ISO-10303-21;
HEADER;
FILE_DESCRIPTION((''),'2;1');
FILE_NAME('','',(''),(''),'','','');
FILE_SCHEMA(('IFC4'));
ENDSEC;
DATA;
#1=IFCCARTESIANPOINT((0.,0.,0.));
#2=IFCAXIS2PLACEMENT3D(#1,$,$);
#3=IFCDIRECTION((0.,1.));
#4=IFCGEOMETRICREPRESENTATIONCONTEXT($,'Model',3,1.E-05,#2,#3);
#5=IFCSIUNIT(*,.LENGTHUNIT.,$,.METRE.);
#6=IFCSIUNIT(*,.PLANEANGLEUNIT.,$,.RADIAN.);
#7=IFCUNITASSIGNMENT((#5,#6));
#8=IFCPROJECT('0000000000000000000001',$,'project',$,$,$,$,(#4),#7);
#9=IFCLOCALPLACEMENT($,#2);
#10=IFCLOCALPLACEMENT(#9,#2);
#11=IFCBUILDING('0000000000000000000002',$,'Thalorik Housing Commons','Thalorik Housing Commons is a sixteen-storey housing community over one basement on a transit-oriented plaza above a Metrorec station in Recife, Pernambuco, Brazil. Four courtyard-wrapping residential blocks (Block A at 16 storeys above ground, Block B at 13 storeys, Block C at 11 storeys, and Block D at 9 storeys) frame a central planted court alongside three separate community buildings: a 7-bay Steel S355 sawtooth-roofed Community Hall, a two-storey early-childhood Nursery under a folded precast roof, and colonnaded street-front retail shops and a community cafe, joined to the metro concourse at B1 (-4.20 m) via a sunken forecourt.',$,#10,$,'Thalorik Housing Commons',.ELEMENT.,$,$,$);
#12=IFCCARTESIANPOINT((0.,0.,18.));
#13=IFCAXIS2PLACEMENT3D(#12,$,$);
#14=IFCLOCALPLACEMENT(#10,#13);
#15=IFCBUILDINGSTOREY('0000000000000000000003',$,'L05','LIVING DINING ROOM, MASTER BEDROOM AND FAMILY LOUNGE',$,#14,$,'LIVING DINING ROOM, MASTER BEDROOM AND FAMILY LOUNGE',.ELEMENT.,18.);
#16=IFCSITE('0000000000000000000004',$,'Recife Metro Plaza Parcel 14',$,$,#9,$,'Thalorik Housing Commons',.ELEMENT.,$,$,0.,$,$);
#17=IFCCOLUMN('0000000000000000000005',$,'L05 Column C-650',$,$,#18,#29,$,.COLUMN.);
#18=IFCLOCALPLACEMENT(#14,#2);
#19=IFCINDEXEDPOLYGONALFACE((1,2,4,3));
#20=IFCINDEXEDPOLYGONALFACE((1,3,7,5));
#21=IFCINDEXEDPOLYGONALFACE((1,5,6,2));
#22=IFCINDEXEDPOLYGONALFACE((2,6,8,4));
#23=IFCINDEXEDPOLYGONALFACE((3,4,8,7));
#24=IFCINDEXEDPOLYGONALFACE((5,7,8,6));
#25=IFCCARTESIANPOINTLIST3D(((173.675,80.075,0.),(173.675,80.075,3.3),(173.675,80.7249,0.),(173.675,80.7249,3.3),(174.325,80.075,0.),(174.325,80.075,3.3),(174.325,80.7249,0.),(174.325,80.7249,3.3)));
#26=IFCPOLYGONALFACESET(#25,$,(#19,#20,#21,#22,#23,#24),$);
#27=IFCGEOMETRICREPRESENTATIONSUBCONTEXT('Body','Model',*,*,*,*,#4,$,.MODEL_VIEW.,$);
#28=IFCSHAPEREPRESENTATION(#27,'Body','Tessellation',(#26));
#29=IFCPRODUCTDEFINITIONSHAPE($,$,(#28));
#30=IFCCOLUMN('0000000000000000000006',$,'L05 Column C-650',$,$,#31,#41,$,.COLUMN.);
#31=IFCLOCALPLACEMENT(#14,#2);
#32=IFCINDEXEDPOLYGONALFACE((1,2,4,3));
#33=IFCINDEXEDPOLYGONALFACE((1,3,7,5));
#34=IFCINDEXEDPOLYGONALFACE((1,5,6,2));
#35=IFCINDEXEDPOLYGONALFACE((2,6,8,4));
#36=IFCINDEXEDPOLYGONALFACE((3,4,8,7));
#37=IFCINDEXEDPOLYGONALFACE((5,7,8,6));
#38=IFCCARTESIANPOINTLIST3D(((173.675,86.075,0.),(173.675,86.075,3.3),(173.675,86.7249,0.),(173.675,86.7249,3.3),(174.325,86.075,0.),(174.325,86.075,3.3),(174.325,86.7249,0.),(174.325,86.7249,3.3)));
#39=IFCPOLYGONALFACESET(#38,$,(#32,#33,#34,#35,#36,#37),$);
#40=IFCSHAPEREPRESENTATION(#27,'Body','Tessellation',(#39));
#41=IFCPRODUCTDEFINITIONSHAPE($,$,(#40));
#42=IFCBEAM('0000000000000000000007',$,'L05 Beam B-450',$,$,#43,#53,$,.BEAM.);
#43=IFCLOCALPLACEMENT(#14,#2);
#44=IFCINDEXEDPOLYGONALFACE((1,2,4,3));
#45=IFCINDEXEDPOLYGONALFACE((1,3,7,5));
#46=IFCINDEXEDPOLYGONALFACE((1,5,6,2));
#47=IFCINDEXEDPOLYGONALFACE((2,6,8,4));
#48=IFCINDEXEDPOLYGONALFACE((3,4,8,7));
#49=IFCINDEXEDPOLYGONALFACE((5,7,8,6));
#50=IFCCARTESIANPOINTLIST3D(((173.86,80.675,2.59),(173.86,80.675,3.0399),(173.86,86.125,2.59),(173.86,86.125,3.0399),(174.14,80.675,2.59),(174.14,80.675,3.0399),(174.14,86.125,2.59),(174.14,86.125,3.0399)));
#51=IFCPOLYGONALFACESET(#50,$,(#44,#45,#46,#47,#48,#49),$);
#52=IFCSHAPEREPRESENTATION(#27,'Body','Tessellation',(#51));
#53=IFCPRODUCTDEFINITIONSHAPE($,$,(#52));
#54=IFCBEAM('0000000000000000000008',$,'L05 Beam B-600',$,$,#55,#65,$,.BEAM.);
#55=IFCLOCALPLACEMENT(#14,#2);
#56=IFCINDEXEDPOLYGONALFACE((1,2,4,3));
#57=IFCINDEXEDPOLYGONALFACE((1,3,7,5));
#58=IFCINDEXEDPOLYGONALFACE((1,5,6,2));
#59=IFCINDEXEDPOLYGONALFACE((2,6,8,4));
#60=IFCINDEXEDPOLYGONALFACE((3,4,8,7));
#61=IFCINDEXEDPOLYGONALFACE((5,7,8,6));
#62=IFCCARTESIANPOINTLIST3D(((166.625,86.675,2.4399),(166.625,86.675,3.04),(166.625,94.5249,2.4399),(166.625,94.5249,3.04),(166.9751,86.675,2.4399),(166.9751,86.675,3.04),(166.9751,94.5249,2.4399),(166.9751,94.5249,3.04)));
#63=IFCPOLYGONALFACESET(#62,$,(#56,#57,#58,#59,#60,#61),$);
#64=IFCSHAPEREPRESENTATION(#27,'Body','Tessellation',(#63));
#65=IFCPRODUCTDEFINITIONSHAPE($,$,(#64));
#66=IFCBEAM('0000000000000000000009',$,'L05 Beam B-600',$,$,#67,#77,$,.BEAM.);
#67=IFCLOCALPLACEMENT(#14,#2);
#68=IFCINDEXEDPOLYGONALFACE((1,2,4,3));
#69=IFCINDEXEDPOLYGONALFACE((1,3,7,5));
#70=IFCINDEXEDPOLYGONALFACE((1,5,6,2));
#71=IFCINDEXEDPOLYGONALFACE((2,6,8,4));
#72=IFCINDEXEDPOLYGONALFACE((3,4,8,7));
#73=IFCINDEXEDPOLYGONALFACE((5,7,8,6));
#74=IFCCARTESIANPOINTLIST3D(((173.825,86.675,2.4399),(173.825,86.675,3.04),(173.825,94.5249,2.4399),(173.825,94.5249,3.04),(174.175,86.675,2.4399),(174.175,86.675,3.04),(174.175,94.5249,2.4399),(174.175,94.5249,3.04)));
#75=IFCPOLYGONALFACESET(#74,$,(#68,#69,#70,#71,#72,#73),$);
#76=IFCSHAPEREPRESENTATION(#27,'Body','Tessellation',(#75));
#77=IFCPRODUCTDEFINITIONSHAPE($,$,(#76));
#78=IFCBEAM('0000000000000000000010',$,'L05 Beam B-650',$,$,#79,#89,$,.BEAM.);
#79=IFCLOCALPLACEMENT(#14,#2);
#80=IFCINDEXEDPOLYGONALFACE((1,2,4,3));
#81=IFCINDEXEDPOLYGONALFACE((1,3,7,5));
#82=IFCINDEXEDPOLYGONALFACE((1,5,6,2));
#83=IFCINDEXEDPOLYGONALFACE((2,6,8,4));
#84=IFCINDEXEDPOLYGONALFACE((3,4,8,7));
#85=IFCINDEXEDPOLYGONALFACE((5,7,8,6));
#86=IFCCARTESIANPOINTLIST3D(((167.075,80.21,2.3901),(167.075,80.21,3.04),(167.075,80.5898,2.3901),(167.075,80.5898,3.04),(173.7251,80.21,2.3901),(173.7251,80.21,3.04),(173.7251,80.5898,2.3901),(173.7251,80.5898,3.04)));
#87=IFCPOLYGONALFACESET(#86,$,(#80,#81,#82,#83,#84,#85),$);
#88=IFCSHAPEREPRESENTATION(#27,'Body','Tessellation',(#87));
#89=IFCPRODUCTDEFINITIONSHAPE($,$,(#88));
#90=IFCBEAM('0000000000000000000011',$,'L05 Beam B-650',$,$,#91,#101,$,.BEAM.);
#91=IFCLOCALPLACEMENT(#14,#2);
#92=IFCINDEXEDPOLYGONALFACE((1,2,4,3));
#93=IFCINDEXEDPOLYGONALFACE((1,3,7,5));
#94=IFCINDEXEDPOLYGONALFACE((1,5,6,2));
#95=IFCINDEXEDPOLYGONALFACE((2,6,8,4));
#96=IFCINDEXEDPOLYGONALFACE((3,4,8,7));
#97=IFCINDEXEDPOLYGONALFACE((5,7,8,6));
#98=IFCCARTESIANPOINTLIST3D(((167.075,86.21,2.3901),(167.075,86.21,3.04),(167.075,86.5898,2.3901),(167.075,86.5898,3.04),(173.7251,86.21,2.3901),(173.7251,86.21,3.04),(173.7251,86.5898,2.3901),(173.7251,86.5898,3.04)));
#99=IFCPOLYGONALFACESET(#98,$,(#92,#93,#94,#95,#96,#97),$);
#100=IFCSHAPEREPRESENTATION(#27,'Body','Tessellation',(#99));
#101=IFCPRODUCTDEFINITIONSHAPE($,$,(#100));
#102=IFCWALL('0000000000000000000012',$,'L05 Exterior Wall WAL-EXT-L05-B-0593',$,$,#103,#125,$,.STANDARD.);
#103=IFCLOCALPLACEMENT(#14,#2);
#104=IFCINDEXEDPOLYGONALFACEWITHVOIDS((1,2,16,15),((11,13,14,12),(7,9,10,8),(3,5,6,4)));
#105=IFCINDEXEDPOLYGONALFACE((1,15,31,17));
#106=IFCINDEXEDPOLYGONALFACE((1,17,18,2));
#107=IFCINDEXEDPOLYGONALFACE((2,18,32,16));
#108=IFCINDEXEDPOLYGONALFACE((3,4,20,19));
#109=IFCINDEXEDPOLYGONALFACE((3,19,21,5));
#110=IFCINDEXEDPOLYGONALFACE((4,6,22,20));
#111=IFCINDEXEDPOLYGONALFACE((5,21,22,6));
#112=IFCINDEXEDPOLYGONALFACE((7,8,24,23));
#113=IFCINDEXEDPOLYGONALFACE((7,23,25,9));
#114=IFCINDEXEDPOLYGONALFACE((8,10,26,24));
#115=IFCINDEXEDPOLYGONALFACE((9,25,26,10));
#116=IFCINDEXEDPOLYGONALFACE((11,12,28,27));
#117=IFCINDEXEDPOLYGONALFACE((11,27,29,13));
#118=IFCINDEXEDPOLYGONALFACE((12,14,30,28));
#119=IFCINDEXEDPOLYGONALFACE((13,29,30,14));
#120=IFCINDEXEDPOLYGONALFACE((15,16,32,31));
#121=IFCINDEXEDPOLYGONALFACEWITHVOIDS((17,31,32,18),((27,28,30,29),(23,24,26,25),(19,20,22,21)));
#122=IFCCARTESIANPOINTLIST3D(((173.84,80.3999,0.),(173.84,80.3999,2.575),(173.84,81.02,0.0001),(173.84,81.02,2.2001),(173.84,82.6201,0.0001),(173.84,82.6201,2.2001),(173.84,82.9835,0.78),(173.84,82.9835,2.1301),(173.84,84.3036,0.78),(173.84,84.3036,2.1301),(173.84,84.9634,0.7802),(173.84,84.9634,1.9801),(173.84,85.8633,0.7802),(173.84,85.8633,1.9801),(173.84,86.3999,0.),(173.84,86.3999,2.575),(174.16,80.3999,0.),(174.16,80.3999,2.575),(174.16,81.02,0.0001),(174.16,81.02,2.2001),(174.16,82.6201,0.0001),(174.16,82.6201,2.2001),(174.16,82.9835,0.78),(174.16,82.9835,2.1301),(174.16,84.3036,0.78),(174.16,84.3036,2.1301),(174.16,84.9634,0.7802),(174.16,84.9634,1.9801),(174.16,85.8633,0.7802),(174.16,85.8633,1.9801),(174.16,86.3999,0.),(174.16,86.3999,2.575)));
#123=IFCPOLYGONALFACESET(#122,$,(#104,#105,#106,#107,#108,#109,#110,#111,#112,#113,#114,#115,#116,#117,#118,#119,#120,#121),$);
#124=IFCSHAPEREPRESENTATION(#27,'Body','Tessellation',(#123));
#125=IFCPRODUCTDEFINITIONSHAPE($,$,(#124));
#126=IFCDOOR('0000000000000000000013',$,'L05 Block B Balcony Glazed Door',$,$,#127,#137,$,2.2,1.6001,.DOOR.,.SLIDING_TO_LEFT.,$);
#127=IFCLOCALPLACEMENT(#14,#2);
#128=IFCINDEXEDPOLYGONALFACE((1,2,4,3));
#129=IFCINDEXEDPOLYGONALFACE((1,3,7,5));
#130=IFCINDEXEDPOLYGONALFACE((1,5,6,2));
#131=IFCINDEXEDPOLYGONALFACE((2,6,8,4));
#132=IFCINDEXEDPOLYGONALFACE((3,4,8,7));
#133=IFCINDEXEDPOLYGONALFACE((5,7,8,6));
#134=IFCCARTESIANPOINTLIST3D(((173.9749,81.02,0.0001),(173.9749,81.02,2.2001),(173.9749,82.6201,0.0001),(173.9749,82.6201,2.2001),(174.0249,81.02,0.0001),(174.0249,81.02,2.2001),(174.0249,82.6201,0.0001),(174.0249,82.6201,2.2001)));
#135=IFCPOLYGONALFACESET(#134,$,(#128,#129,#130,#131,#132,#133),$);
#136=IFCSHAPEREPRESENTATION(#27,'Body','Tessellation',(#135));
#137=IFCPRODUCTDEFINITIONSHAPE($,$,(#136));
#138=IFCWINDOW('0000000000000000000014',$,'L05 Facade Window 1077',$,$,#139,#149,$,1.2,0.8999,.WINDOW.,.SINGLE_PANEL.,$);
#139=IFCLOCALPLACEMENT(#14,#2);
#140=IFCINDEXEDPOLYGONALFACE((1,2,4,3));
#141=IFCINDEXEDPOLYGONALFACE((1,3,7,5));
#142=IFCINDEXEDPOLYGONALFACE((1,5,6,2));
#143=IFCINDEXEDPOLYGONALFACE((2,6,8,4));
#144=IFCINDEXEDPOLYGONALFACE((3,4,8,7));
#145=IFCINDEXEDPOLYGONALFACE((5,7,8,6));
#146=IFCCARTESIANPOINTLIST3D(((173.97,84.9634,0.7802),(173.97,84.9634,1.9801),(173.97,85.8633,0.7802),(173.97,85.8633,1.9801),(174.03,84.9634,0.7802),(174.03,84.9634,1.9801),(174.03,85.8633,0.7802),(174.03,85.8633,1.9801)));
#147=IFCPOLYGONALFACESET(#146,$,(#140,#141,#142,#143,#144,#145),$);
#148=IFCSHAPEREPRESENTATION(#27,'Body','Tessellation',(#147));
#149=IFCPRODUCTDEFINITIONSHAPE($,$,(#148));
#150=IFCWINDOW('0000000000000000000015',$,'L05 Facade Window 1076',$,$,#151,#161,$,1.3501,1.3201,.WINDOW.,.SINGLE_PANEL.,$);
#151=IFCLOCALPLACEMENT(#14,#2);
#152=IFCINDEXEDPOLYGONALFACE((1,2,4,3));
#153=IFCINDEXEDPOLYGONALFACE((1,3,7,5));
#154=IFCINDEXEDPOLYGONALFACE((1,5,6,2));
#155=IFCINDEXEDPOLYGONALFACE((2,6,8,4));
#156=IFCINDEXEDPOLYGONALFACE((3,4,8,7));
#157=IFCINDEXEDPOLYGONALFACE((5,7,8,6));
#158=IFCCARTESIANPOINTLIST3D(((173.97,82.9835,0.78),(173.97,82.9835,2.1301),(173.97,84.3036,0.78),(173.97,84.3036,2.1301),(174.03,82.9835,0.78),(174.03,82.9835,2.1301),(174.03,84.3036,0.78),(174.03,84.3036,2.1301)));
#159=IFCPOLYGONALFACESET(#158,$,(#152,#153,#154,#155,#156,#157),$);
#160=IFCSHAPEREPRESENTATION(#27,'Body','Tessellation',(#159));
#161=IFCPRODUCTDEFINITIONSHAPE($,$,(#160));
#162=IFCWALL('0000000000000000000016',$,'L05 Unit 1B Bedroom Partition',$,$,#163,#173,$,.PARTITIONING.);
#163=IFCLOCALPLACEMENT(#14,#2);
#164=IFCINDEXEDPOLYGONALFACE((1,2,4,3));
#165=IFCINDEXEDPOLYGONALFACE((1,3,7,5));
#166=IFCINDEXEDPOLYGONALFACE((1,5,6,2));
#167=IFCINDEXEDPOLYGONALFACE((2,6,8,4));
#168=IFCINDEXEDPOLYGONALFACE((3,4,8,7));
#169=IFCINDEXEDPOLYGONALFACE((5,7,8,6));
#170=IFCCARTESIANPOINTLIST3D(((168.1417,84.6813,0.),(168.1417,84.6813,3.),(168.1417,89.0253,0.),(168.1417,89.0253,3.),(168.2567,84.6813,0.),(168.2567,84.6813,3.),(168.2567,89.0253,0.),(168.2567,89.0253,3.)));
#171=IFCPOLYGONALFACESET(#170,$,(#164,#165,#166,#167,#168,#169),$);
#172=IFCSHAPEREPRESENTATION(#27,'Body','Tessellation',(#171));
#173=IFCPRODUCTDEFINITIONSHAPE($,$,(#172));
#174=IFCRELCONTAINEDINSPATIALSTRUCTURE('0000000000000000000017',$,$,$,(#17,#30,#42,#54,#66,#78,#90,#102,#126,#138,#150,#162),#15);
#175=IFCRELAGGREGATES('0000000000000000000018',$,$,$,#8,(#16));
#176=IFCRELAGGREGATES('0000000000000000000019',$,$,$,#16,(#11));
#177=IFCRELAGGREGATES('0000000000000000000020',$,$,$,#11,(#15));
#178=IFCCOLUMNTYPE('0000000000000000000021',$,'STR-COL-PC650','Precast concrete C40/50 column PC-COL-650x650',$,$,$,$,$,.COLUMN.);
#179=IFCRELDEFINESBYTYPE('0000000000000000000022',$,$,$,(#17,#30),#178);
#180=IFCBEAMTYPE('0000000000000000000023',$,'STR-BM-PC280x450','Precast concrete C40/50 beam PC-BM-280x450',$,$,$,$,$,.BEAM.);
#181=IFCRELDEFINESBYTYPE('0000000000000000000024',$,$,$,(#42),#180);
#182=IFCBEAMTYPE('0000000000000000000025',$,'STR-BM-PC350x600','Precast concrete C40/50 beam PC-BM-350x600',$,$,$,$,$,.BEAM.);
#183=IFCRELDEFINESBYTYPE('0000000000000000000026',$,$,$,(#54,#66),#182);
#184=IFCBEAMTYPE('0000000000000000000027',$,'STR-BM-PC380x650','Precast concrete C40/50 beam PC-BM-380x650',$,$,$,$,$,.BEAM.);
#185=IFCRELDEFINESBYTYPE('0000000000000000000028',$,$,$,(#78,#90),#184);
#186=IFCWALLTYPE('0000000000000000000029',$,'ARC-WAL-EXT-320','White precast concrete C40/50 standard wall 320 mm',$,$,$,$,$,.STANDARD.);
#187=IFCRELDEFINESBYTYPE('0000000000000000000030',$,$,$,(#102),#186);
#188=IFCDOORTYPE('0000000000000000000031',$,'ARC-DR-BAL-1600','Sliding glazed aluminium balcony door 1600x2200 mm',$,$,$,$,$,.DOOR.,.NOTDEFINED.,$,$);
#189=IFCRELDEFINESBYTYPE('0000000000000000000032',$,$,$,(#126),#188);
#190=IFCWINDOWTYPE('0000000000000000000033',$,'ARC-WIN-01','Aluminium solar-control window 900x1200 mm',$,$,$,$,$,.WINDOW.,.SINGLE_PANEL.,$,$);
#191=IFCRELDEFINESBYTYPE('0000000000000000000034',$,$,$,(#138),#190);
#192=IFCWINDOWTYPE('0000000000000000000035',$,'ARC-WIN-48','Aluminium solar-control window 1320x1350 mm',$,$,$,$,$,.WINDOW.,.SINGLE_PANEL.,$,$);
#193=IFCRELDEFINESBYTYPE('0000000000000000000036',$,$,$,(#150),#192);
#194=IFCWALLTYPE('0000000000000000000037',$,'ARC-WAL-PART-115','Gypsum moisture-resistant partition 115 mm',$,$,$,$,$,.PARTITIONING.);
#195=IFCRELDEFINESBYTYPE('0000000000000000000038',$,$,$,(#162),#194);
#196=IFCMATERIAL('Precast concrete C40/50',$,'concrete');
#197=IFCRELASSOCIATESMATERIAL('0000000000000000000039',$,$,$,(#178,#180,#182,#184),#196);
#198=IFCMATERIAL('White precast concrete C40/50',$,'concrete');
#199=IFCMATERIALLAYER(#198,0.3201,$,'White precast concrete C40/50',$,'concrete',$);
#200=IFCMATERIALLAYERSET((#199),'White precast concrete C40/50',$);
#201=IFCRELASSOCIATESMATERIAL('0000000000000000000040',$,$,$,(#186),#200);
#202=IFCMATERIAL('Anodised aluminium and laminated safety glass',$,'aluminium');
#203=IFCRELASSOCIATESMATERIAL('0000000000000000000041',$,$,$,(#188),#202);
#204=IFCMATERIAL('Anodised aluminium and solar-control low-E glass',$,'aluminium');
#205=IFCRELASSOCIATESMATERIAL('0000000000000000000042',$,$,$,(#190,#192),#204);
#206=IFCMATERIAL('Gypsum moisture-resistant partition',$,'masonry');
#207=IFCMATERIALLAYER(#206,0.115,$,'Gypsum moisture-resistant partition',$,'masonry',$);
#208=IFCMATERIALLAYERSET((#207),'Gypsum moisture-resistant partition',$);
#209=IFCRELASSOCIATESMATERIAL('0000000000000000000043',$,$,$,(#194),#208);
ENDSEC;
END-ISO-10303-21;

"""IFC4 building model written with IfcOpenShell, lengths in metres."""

from ifc_helpers import new_model, si_unit, direction, frame, frame_2d, origin, origin_2d, place, context, subcontext, project, spatial, rectangle, extrude, material, layer, layer_set, material_profile, profile_set, type_object, element, fill, save


model = new_model("IFC4")

# Units and contexts
model_context = context("Model", 3, precision=1e-05, world=origin(), true_north=direction((0.0, 1.0)))
body_context = subcontext(model_context, "Body", "Model", "MODEL_VIEW")
ifc_project = project(units=[si_unit("LENGTHUNIT", "METRE"), si_unit("PLANEANGLEUNIT", "RADIAN")], contexts=[model_context])

# Site, building, storey
site_placement = place(None, origin())
site = spatial("IfcSite", under=ifc_project, at=site_placement, Name="Recife Metro Plaza Parcel 14", LongName="Thalorik Housing Commons", CompositionType="ELEMENT", RefElevation=0.0)
building_placement = place(site_placement, origin())
building = spatial("IfcBuilding", under=site, at=building_placement, Name="Thalorik Housing Commons", Description="Thalorik Housing Commons is a sixteen-storey housing community over one basement on a transit-oriented plaza above a Metrorec station in Recife, Pernambuco, Brazil. Four courtyard-wrapping residential blocks (Block A at 16 storeys above ground, Block B at 13 storeys, Block C at 11 storeys, and Block D at 9 storeys) frame a central planted court alongside three separate community buildings: a 7-bay Steel S355 sawtooth-roofed Community Hall, a two-storey early-childhood Nursery under a folded precast roof, and colonnaded street-front retail shops and a community cafe, joined to the metro concourse at B1 (-4.20 m) via a sunken forecourt.", LongName="Thalorik Housing Commons", CompositionType="ELEMENT")
storey_placement = place(building_placement, frame((0.0, 0.0, 18.0)))
storey = spatial("IfcBuildingStorey", under=building, at=storey_placement, Name="L05", Description="LIVING DINING ROOM, MASTER BEDROOM AND FAMILY LOUNGE", LongName="LIVING DINING ROOM, MASTER BEDROOM AND FAMILY LOUNGE", CompositionType="ELEMENT", Elevation=18.0)

# Columns
ifc_material_1 = material(Name="Precast concrete C40/50", Category="concrete")
ifc_material_profile_1 = material_profile(ifc_material_1, rectangle(XDim=0.6499, YDim=0.6499, at=origin_2d()), Name="PC 650x650", Category="concrete")
ifc_profile_set_1 = profile_set([ifc_material_profile_1], Name="Precast concrete C40/50")
column_type = type_object("IfcColumnType", Name="STR-COL-PC650", Description="Precast concrete C40/50 column PC-COL-650x650", PredefinedType="COLUMN", material=ifc_profile_set_1)
for number, where, z_axis, x_axis, name in (
    (1, (174.0, 80.3999, 0.0), (0.0, 0.0, 1.0), (1.0, 0.0, 0.0), "L05 Column C-650"),
    (2, (174.0, 86.3999, 0.0), (0.0, 0.0, 1.0), (1.0, 0.0, 0.0), "L05 Column C-650"),
):
    element("IfcColumn", number, at=place(storey_placement, frame(where, z_axis=z_axis, x_axis=x_axis)), inside=storey, type_object=column_type, Name=name, PredefinedType="COLUMN", context=body_context, shape_type="SweptSolid", body=[
        extrude(rectangle(XDim=0.6499, YDim=0.6499, at=origin_2d()), origin(), (0.0, 0.0, 1.0), 3.3),
    ])

# Beams
ifc_material_profile_2 = material_profile(ifc_material_1, rectangle(XDim=0.28, YDim=0.45, at=origin_2d()), Name="PC 280x450", Category="concrete")
ifc_profile_set_2 = profile_set([ifc_material_profile_2], Name="Precast concrete C40/50")
beam_type_1 = type_object("IfcBeamType", Name="STR-BM-PC280x450", Description="Precast concrete C40/50 beam PC-BM-280x450", PredefinedType="BEAM", material=ifc_profile_set_2)
beam_placement = place(storey_placement, frame((174.0, 80.675, 2.8149), z_axis=(0.0, 1.0, 0.0), x_axis=(-1.0, 0.0, 0.0)))
element("IfcBeam", 3, at=beam_placement, inside=storey, type_object=beam_type_1, Name="L05 Beam B-450", PredefinedType="BEAM", context=body_context, shape_type="SweptSolid", body=[
    extrude(rectangle(XDim=0.28, YDim=0.45, at=origin_2d()), origin(), (0.0, 0.0, 1.0), 5.45),
])
ifc_material_profile_3 = material_profile(ifc_material_1, rectangle(XDim=0.3501, YDim=0.6001, at=origin_2d()), Name="PC 350x600", Category="concrete")
ifc_profile_set_3 = profile_set([ifc_material_profile_3], Name="Precast concrete C40/50")
beam_type_2 = type_object("IfcBeamType", Name="STR-BM-PC350x600", Description="Precast concrete C40/50 beam PC-BM-350x600", PredefinedType="BEAM", material=ifc_profile_set_3)
for number, where, z_axis, x_axis, name in (
    (4, (166.8, 86.675, 2.74), (0.0, 1.0, 0.0), (-1.0, 0.0, 0.0), "L05 Beam B-600"),
    (5, (174.0, 86.675, 2.74), (0.0, 1.0, 0.0), (-1.0, 0.0, 0.0), "L05 Beam B-600"),
):
    element("IfcBeam", number, at=place(storey_placement, frame(where, z_axis=z_axis, x_axis=x_axis)), inside=storey, type_object=beam_type_2, Name=name, PredefinedType="BEAM", context=body_context, shape_type="SweptSolid", body=[
        extrude(rectangle(XDim=0.3501, YDim=0.6001, at=origin_2d()), origin(), (0.0, 0.0, 1.0), 7.8499),
    ])
ifc_material_profile_4 = material_profile(ifc_material_1, rectangle(XDim=0.3799, YDim=0.6499, at=origin_2d()), Name="PC 380x650", Category="concrete")
ifc_profile_set_4 = profile_set([ifc_material_profile_4], Name="Precast concrete C40/50")
beam_type_3 = type_object("IfcBeamType", Name="STR-BM-PC380x650", Description="Precast concrete C40/50 beam PC-BM-380x650", PredefinedType="BEAM", material=ifc_profile_set_4)
for number, where, z_axis, x_axis, name in (
    (6, (167.075, 80.3999, 2.7151), (1.0, 0.0, 0.0), (0.0, 1.0, 0.0), "L05 Beam B-650"),
    (7, (167.075, 86.3999, 2.7151), (1.0, 0.0, 0.0), (0.0, 1.0, 0.0), "L05 Beam B-650"),
):
    element("IfcBeam", number, at=place(storey_placement, frame(where, z_axis=z_axis, x_axis=x_axis)), inside=storey, type_object=beam_type_3, Name=name, PredefinedType="BEAM", context=body_context, shape_type="SweptSolid", body=[
        extrude(rectangle(XDim=0.3799, YDim=0.6499, at=origin_2d()), origin(), (0.0, 0.0, 1.0), 6.6501),
    ])

# Wall, openings, door, windows
ifc_material_2 = material(Name="White precast concrete C40/50", Category="concrete")
ifc_layer_1 = layer(ifc_material_2, 0.3201, Name="White precast concrete C40/50", Category="concrete")
ifc_layer_set_1 = layer_set([ifc_layer_1], Name="White precast concrete C40/50")
wall_type_1 = type_object("IfcWallType", Name="ARC-WAL-EXT-320", Description="White precast concrete C40/50 standard wall 320 mm", PredefinedType="STANDARD", material=ifc_layer_set_1)
wall_1_placement = place(storey_placement, frame((174.0, 80.3999, 0.0), z_axis=(0.0, 0.0, 1.0), x_axis=(0.0, 1.0, 0.0)))
wall_1 = element("IfcWall", 8, at=wall_1_placement, inside=storey, type_object=wall_type_1, Name="L05 Exterior Wall WAL-EXT-L05-B-0593", PredefinedType="STANDARD", context=body_context, shape_type="SweptSolid", body=[
    extrude(rectangle(XDim=6.0, YDim=0.3201, at=frame_2d((3.0, 0.0))), origin(), (0.0, 0.0, 1.0), 2.575),
])
opening_1_placement = place(wall_1_placement, frame((0.6201, 0.0, 0.0)))
opening_1 = element("IfcOpeningElement", 9, at=opening_1_placement, cuts=wall_1, PredefinedType="OPENING", context=body_context, shape_type="SweptSolid", body=[
    extrude(rectangle(XDim=1.6001, YDim=2.2, at=frame_2d((0.8, 1.1001))), frame((0.0, 0.1699, 0.0), z_axis=(0.0, -1.0, 0.0), x_axis=(1.0, 0.0, 0.0)), (0.0, 0.0, 1.0), 0.3401),
])
opening_2_placement = place(wall_1_placement, frame((2.5835, 0.0, 0.78)))
opening_2 = element("IfcOpeningElement", 10, at=opening_2_placement, cuts=wall_1, PredefinedType="OPENING", context=body_context, shape_type="SweptSolid", body=[
    extrude(rectangle(XDim=1.3201, YDim=1.3501, at=frame_2d((0.6602, 0.675))), frame((0.0, 0.1699, 0.0), z_axis=(0.0, -1.0, 0.0), x_axis=(1.0, 0.0, 0.0)), (0.0, 0.0, 1.0), 0.3401),
])
opening_3_placement = place(wall_1_placement, frame((4.5635, 0.0, 0.78)))
opening_3 = element("IfcOpeningElement", 11, at=opening_3_placement, cuts=wall_1, PredefinedType="OPENING", context=body_context, shape_type="SweptSolid", body=[
    extrude(rectangle(XDim=0.8999, YDim=1.2, at=frame_2d((0.45, 0.6001))), frame((0.0, 0.1699, 0.0), z_axis=(0.0, -1.0, 0.0), x_axis=(1.0, 0.0, 0.0)), (0.0, 0.0, 1.0), 0.3401),
])
ifc_material_3 = material(Name="Anodised aluminium and laminated safety glass", Category="aluminium")
door_type_1 = type_object("IfcDoorType", Name="ARC-DR-BAL-1600", Description="Sliding glazed aluminium balcony door 1600x2200 mm", OperationType="NOTDEFINED", PredefinedType="DOOR", material=ifc_material_3)
door_1_placement = place(opening_1_placement, frame((1.6001, 0.0, 0.0), z_axis=(0.0, 0.0, 1.0), x_axis=(-1.0, 0.0, 0.0)))
door_1 = element("IfcDoor", 12, at=door_1_placement, inside=storey, type_object=door_type_1, Name="L05 Block B Balcony Glazed Door", OperationType="SLIDING_TO_LEFT", OverallHeight=2.2, OverallWidth=1.6001, PredefinedType="DOOR", context=body_context, shape_type="SweptSolid", body=[
    extrude(rectangle(XDim=1.6001, YDim=2.2, at=frame_2d((0.8, 1.1001))), frame((0.0, 0.0249, 0.0), z_axis=(0.0, -1.0, 0.0), x_axis=(1.0, 0.0, 0.0)), (0.0, 0.0, 1.0), 0.05),
])
fill(opening_1, door_1)
ifc_material_4 = material(Name="Anodised aluminium and solar-control low-E glass", Category="aluminium")
window_type_1 = type_object("IfcWindowType", Name="ARC-WIN-01", Description="Aluminium solar-control window 900x1200 mm", PartitioningType="SINGLE_PANEL", PredefinedType="WINDOW", material=ifc_material_4)
window_1_placement = place(opening_3_placement, origin())
window_1 = element("IfcWindow", 13, at=window_1_placement, inside=storey, type_object=window_type_1, Name="L05 Facade Window 1077", OverallHeight=1.2, OverallWidth=0.8999, PartitioningType="SINGLE_PANEL", PredefinedType="WINDOW", context=body_context, shape_type="SweptSolid", body=[
    extrude(rectangle(XDim=0.8999, YDim=1.2, at=frame_2d((0.45, 0.6001))), frame((0.0, 0.03, 0.0), z_axis=(0.0, -1.0, 0.0), x_axis=(1.0, 0.0, 0.0)), (0.0, 0.0, 1.0), 0.0601),
])
fill(opening_3, window_1)
window_type_2 = type_object("IfcWindowType", Name="ARC-WIN-48", Description="Aluminium solar-control window 1320x1350 mm", PartitioningType="SINGLE_PANEL", PredefinedType="WINDOW", material=ifc_material_4)
window_2_placement = place(opening_2_placement, origin())
window_2 = element("IfcWindow", 14, at=window_2_placement, inside=storey, type_object=window_type_2, Name="L05 Facade Window 1076", OverallHeight=1.3501, OverallWidth=1.3201, PartitioningType="SINGLE_PANEL", PredefinedType="WINDOW", context=body_context, shape_type="SweptSolid", body=[
    extrude(rectangle(XDim=1.3201, YDim=1.3501, at=frame_2d((0.6602, 0.675))), frame((0.0, 0.03, 0.0), z_axis=(0.0, -1.0, 0.0), x_axis=(1.0, 0.0, 0.0)), (0.0, 0.0, 1.0), 0.0601),
])
fill(opening_2, window_2)

# Wall
ifc_material_5 = material(Name="Gypsum moisture-resistant partition", Category="masonry")
ifc_layer_2 = layer(ifc_material_5, 0.115, Name="Gypsum moisture-resistant partition", Category="masonry")
ifc_layer_set_2 = layer_set([ifc_layer_2], Name="Gypsum moisture-resistant partition")
wall_type_2 = type_object("IfcWallType", Name="ARC-WAL-PART-115", Description="Gypsum moisture-resistant partition 115 mm", PredefinedType="PARTITIONING", material=ifc_layer_set_2)
wall_2_placement = place(storey_placement, frame((168.1992, 84.6814, 0.0), z_axis=(0.0, 0.0, 1.0), x_axis=(0.0, 1.0, 0.0)))
element("IfcWall", 15, at=wall_2_placement, inside=storey, type_object=wall_type_2, Name="L05 Unit 1B Bedroom Partition", PredefinedType="PARTITIONING", context=body_context, shape_type="SweptSolid", body=[
    extrude(rectangle(XDim=4.344, YDim=0.115, at=frame_2d((2.1719, 0.0))), origin(), (0.0, 0.0, 1.0), 3.0),
])

save(model, "model.ifc")
